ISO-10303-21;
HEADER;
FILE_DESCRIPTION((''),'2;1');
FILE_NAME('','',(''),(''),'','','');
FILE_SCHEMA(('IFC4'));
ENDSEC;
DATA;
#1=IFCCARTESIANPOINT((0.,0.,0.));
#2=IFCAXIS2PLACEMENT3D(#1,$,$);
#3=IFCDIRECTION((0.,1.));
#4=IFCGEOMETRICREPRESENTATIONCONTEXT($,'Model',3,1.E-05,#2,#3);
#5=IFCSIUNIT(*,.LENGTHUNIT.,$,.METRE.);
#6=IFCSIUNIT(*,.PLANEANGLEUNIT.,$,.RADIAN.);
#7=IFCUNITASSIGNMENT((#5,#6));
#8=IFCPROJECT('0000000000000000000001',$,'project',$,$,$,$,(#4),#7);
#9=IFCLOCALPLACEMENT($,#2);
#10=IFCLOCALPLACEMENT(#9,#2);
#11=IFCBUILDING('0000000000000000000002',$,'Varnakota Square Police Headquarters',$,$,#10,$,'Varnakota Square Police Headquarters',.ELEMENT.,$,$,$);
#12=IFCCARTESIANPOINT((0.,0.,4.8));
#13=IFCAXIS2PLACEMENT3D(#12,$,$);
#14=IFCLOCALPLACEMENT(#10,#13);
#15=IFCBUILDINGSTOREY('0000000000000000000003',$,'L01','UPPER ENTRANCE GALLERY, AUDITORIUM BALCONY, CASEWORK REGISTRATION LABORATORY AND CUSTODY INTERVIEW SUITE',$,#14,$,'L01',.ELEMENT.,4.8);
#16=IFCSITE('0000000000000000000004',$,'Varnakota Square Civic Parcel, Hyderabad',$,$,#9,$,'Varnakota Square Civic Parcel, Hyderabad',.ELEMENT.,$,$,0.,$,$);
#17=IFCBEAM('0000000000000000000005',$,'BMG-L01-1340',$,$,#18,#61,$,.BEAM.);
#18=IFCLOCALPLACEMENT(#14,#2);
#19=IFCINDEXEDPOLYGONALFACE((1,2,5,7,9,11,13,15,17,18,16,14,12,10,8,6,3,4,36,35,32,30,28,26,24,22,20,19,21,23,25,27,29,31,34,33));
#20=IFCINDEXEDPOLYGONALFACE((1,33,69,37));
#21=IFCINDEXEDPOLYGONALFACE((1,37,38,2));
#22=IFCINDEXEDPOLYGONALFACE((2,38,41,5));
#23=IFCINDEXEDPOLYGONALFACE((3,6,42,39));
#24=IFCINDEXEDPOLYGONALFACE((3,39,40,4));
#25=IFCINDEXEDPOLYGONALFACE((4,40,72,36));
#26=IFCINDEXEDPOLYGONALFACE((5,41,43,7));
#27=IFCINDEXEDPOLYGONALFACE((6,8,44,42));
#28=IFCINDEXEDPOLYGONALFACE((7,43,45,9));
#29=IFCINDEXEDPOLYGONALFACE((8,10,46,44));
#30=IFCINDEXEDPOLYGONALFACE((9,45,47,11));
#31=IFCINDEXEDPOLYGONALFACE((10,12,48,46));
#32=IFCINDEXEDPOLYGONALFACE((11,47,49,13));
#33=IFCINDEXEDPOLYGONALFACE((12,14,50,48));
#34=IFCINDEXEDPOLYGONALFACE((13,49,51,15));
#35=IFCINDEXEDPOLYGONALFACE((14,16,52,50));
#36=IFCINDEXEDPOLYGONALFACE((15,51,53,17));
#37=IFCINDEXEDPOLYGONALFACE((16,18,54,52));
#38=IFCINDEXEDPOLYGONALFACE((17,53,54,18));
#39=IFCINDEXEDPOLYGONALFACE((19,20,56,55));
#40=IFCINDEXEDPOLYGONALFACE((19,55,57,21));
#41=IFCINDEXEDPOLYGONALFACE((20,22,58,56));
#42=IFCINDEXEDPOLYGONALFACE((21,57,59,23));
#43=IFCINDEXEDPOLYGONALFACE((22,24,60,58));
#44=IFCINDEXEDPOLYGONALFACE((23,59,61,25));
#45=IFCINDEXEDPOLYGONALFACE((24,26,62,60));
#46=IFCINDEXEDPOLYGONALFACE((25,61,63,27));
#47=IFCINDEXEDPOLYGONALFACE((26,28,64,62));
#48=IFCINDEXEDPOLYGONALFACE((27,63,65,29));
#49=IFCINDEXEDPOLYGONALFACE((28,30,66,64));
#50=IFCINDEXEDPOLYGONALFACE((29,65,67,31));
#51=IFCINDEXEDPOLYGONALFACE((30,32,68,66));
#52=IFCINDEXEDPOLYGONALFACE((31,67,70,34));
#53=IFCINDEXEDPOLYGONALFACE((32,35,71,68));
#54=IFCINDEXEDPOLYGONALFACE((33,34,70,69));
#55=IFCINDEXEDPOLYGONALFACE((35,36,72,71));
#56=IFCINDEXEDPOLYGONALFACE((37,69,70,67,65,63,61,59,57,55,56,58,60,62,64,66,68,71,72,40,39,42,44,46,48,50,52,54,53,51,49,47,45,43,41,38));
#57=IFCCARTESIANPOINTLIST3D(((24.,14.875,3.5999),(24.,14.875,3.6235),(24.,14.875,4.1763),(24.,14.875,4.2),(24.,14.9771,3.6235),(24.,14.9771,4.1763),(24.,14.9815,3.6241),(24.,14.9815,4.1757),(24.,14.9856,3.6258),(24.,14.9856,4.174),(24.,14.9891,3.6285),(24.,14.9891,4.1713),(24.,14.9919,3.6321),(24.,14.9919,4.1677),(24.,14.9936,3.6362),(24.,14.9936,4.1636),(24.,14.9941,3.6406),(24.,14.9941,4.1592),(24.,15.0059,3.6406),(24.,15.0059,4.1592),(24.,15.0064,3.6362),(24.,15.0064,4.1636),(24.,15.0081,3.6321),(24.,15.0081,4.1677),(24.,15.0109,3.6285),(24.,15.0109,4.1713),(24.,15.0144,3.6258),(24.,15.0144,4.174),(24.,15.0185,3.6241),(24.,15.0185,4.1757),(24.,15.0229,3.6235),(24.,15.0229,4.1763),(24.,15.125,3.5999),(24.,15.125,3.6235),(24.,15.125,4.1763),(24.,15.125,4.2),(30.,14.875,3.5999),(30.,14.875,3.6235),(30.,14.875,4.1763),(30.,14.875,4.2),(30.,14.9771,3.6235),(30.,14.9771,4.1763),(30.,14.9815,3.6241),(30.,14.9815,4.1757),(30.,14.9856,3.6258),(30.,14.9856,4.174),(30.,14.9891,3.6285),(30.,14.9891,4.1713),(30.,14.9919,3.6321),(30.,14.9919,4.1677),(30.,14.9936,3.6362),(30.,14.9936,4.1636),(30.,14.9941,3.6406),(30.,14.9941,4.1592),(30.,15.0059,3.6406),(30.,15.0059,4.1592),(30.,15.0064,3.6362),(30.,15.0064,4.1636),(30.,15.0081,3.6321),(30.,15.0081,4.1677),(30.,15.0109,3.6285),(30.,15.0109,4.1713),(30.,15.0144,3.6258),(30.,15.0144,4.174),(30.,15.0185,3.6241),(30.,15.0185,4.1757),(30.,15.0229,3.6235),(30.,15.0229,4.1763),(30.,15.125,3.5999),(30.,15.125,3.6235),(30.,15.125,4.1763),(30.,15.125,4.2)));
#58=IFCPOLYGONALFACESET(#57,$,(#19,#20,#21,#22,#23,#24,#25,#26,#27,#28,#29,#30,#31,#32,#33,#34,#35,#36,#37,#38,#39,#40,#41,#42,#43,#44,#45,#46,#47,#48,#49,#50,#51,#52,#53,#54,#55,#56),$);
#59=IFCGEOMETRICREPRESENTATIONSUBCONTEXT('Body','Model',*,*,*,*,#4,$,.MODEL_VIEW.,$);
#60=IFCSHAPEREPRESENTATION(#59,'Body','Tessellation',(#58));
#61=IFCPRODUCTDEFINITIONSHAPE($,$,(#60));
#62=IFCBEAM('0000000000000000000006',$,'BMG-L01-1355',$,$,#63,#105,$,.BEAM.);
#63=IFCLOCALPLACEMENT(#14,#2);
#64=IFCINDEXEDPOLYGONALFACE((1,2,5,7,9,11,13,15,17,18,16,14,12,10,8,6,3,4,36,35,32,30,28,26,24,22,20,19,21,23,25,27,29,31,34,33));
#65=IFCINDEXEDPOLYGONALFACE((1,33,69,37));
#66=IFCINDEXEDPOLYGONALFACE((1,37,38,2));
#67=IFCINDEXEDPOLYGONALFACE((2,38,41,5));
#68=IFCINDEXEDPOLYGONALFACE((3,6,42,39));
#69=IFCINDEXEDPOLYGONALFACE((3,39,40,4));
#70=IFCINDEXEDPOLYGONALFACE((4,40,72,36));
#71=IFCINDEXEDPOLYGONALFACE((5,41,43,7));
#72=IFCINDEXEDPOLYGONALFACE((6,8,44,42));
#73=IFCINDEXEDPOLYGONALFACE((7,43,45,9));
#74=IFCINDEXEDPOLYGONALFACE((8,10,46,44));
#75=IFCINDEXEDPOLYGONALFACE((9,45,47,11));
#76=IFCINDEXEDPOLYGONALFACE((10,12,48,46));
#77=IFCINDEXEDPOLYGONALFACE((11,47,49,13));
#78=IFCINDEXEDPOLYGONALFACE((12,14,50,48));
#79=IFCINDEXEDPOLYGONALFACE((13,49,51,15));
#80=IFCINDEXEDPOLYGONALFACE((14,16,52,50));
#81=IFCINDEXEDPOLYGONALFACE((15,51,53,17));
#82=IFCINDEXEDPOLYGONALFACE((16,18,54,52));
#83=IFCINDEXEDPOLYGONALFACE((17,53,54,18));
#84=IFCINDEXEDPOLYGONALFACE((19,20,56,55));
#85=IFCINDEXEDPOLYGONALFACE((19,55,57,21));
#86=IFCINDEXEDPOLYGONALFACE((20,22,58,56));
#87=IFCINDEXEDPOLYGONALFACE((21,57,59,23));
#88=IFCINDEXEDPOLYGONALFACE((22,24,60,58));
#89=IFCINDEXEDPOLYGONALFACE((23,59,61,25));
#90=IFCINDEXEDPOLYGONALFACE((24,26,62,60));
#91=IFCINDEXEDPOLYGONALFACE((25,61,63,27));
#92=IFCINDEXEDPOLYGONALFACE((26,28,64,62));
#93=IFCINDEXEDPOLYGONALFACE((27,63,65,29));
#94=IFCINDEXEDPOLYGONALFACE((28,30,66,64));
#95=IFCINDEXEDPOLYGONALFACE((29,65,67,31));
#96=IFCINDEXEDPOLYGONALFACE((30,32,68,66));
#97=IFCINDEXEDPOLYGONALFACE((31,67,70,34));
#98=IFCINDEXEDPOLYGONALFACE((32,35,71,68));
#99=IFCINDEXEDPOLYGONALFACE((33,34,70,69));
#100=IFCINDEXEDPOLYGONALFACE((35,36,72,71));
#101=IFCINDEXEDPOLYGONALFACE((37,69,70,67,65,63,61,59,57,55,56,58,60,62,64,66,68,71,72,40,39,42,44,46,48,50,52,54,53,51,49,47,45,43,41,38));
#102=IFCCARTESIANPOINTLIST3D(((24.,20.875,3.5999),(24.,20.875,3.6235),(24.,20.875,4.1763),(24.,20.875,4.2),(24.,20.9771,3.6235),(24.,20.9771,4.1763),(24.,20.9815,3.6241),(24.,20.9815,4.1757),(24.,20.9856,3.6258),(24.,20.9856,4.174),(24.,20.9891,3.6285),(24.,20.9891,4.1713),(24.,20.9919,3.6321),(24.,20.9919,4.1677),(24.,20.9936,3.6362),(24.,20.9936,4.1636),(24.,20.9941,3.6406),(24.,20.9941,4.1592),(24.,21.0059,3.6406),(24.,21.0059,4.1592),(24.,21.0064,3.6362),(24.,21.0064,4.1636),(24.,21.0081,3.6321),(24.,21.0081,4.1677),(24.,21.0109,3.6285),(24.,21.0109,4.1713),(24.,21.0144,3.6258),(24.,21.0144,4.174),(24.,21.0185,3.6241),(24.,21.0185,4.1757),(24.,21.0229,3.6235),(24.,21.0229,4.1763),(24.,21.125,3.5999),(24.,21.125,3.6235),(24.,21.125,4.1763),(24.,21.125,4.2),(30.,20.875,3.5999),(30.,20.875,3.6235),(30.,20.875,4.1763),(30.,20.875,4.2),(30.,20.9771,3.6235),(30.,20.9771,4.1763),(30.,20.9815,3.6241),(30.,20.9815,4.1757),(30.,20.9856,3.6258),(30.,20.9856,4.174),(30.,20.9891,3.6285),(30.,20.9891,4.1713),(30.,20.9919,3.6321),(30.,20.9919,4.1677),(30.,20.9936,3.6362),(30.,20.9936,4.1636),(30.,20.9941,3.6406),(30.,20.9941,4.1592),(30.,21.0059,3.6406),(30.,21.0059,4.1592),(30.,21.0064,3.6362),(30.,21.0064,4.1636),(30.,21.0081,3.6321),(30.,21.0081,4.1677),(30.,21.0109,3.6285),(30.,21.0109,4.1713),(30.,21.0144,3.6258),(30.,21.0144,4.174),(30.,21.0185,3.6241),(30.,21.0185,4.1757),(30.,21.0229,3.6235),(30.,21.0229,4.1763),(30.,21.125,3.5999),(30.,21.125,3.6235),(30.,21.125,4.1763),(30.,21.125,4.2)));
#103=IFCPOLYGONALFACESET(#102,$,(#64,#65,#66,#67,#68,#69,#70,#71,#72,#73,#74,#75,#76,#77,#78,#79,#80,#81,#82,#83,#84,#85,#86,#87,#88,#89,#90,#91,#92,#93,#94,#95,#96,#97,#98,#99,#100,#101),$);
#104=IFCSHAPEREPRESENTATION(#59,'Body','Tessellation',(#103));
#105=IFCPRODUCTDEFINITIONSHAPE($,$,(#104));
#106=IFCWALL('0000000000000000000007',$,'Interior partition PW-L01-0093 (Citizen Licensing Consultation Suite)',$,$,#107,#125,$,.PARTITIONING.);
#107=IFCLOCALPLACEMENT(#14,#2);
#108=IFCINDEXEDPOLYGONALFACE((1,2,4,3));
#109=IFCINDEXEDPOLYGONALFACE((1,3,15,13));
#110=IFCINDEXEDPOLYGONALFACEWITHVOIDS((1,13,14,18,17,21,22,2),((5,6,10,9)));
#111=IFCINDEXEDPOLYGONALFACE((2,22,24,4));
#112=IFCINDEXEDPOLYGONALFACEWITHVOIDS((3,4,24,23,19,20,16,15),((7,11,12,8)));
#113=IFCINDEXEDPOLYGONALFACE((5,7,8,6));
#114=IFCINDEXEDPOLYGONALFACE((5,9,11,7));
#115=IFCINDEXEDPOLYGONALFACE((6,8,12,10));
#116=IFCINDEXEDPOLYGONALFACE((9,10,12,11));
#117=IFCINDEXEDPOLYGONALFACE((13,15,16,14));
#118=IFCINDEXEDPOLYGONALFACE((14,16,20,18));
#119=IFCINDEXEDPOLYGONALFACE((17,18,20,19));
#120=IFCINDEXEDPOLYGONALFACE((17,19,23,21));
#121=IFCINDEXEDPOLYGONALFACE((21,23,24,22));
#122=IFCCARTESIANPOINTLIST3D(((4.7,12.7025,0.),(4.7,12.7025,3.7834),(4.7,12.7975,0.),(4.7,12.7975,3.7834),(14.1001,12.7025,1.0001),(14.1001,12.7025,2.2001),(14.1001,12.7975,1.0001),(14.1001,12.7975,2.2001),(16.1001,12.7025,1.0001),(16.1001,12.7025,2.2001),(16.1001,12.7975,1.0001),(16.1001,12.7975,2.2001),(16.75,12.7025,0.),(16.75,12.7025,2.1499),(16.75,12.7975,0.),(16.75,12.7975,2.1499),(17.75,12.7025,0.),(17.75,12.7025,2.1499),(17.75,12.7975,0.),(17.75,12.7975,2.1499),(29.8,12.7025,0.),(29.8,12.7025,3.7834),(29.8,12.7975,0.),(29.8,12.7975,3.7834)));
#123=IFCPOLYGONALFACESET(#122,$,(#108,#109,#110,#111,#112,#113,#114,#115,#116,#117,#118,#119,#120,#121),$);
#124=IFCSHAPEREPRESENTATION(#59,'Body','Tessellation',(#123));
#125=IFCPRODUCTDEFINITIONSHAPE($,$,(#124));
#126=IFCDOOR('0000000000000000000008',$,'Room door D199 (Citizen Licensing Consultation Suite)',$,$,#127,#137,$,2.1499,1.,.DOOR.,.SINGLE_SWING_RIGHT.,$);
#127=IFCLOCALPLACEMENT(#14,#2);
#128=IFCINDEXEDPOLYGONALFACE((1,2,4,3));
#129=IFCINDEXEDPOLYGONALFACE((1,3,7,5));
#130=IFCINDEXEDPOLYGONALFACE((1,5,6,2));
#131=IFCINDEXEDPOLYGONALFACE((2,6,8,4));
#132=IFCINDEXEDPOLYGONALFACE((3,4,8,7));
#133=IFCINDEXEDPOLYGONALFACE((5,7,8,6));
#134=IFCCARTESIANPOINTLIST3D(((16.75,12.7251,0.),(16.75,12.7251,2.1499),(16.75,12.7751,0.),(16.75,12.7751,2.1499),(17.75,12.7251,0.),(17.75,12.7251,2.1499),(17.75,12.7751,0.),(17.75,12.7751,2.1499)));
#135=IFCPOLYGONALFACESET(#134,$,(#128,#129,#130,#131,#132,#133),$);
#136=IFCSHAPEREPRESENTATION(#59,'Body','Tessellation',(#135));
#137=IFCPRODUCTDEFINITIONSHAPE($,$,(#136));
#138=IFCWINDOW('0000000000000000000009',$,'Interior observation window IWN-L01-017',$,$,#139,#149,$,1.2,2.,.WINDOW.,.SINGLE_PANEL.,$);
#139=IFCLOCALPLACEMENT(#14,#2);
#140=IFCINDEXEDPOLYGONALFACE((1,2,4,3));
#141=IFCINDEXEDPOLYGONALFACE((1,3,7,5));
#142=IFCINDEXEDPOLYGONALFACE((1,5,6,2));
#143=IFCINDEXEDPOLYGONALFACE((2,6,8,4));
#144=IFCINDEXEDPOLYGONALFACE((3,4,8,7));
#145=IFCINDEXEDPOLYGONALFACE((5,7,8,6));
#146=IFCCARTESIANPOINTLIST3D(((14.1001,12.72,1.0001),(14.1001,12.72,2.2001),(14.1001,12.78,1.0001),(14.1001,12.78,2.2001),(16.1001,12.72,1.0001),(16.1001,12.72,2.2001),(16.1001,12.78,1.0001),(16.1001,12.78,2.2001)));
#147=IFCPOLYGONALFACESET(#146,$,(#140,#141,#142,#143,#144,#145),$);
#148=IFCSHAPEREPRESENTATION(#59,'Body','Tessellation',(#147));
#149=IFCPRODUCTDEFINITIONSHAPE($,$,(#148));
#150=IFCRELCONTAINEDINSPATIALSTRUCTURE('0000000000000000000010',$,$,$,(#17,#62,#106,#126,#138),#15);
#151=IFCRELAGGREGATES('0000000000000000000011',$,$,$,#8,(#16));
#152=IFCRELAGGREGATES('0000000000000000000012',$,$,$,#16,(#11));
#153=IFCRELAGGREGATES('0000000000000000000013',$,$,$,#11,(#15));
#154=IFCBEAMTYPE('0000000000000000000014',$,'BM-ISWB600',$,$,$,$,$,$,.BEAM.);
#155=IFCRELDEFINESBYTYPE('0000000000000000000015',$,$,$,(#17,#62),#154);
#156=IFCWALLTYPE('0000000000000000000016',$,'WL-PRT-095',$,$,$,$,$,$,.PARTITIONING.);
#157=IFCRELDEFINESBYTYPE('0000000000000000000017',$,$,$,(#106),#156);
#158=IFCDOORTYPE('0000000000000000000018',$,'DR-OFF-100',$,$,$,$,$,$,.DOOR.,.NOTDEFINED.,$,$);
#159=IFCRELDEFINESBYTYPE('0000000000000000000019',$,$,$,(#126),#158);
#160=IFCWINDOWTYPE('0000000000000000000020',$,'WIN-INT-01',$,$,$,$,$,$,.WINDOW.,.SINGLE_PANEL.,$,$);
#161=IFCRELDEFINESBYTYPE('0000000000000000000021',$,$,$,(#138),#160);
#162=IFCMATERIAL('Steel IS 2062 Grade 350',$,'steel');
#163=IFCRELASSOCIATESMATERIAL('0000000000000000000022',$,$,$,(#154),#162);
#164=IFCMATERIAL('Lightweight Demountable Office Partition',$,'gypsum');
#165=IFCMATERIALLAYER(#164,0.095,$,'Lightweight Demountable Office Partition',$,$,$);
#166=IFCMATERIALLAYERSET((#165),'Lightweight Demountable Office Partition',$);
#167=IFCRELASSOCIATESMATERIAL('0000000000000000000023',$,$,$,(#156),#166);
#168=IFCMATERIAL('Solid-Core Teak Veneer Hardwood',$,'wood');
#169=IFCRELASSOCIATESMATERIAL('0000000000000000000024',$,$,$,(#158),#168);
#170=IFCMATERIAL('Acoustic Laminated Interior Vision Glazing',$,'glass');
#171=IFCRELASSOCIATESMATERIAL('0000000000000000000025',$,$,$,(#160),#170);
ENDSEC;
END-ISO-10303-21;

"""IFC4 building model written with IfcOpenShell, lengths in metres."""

from ifc_helpers import new_model, si_unit, direction, frame, frame_2d, origin, origin_2d, place, context, subcontext, project, spatial, rectangle, i_section, extrude, material, layer, layer_set, material_profile, profile_set, type_object, element, fill, save


model = new_model("IFC4")

# Units and contexts
model_context = context("Model", 3, precision=1e-05, world=origin(), true_north=direction((0.0, 1.0)))
body_context = subcontext(model_context, "Body", "Model", "MODEL_VIEW")
ifc_project = project(units=[si_unit("LENGTHUNIT", "METRE"), si_unit("PLANEANGLEUNIT", "RADIAN")], contexts=[model_context])

# Site, building, storey
site_placement = place(None, origin())
site = spatial("IfcSite", under=ifc_project, at=site_placement, Name="Varnakota Square Civic Parcel, Hyderabad", LongName="Varnakota Square Civic Parcel, Hyderabad", CompositionType="ELEMENT", RefElevation=0.0)
building_placement = place(site_placement, origin())
building = spatial("IfcBuilding", under=site, at=building_placement, Name="Varnakota Square Police Headquarters", LongName="Varnakota Square Police Headquarters", CompositionType="ELEMENT")
storey_placement = place(building_placement, frame((0.0, 0.0, 4.8)))
storey = spatial("IfcBuildingStorey", under=building, at=storey_placement, Name="L01", Description="UPPER ENTRANCE GALLERY, AUDITORIUM BALCONY, CASEWORK REGISTRATION LABORATORY AND CUSTODY INTERVIEW SUITE", LongName="L01", CompositionType="ELEMENT", Elevation=4.8)

# Shared definitions
ifc_material_1 = material(Name="Steel IS 2062 Grade 350", Category="steel")

# Beams
ifc_material_profile_1 = material_profile(ifc_material_1, i_section(OverallWidth=0.25, OverallDepth=0.6001, WebThickness=0.0117, FlangeThickness=0.0237, FilletRadius=0.0171, at=origin_2d()), Name="ISWB 600")
ifc_profile_set_1 = profile_set([ifc_material_profile_1], Name="Steel IS 2062 Grade 350")
beam_type_1 = type_object("IfcBeamType", Name="BM-ISWB600", PredefinedType="BEAM", material=ifc_profile_set_1)
for number, where, z_axis, x_axis, name in (
    (1, (24.0, 15.0, 3.8999), (1.0, 0.0, 0.0), (0.0, 1.0, 0.0), "BMG-L01-1340"),
    (2, (24.0, 21.0, 3.8999), (1.0, 0.0, 0.0), (0.0, 1.0, 0.0), "BMG-L01-1355"),
):
    element("IfcBeam", number, at=place(storey_placement, frame(where, z_axis=z_axis, x_axis=x_axis)), inside=storey, type_object=beam_type_1, Name=name, PredefinedType="BEAM", context=body_context, shape_type="SweptSolid", body=[
        extrude(i_section(OverallWidth=0.25, OverallDepth=0.6001, WebThickness=0.0117, FlangeThickness=0.0237, FilletRadius=0.0171, at=origin_2d()), origin(), (0.0, 0.0, 1.0), 6.0),
    ])

# Wall, openings, door, window
ifc_material_2 = material(Name="Lightweight Demountable Office Partition", Category="gypsum")
ifc_layer_1 = layer(ifc_material_2, 0.095, Name="Lightweight Demountable Office Partition")
ifc_layer_set_1 = layer_set([ifc_layer_1], Name="Lightweight Demountable Office Partition")
wall_type_1 = type_object("IfcWallType", Name="WL-PRT-095", PredefinedType="PARTITIONING", material=ifc_layer_set_1)
wall_1_placement = place(storey_placement, frame((29.8, 12.75, 0.0), z_axis=(0.0, 0.0, 1.0), x_axis=(-1.0, 0.0, 0.0)))
wall_1 = element("IfcWall", 3, at=wall_1_placement, inside=storey, type_object=wall_type_1, Name="Interior partition PW-L01-0093 (Citizen Licensing Consultation Suite)", PredefinedType="PARTITIONING", context=body_context, shape_type="SweptSolid", body=[
    extrude(rectangle(XDim=25.1001, YDim=0.095, at=frame_2d((12.55, 0.0))), origin(), (0.0, 0.0, 1.0), 3.7834),
])
opening_1_placement = place(wall_1_placement, frame((12.05, 0.0, 0.0)))
opening_1 = element("IfcOpeningElement", 4, at=opening_1_placement, cuts=wall_1, PredefinedType="OPENING", context=body_context, shape_type="SweptSolid", body=[
    extrude(rectangle(XDim=1.0, YDim=2.1499, at=frame_2d((0.5, 1.075))), frame((0.0, 0.0574, 0.0), z_axis=(0.0, -1.0, 0.0), x_axis=(1.0, 0.0, 0.0)), (0.0, 0.0, 1.0), 0.115),
])
opening_2_placement = place(wall_1_placement, frame((13.7, 0.0, 1.0)))
opening_2 = element("IfcOpeningElement", 5, at=opening_2_placement, cuts=wall_1, PredefinedType="OPENING", context=body_context, shape_type="SweptSolid", body=[
    extrude(rectangle(XDim=2.0, YDim=1.2, at=frame_2d((1.0, 0.6001))), frame((0.0, 0.0574, 0.0), z_axis=(0.0, -1.0, 0.0), x_axis=(1.0, 0.0, 0.0)), (0.0, 0.0, 1.0), 0.115),
])
ifc_material_3 = material(Name="Solid-Core Teak Veneer Hardwood", Category="wood")
door_type_1 = type_object("IfcDoorType", Name="DR-OFF-100", OperationType="NOTDEFINED", PredefinedType="DOOR", material=ifc_material_3)
door_1_placement = place(opening_1_placement, origin())
door_1 = element("IfcDoor", 6, at=door_1_placement, inside=storey, type_object=door_type_1, Name="Room door D199 (Citizen Licensing Consultation Suite)", OperationType="SINGLE_SWING_RIGHT", OverallHeight=2.1499, OverallWidth=1.0, PredefinedType="DOOR", context=body_context, shape_type="SweptSolid", body=[
    extrude(rectangle(XDim=1.0, YDim=2.1499, at=frame_2d((0.5, 1.075))), frame((0.0, 0.0249, 0.0), z_axis=(0.0, -1.0, 0.0), x_axis=(1.0, 0.0, 0.0)), (0.0, 0.0, 1.0), 0.05),
])
fill(opening_1, door_1)
ifc_material_4 = material(Name="Acoustic Laminated Interior Vision Glazing", Category="glass")
window_type_1 = type_object("IfcWindowType", Name="WIN-INT-01", PartitioningType="SINGLE_PANEL", PredefinedType="WINDOW", material=ifc_material_4)
window_1_placement = place(opening_2_placement, origin())
window_1 = element("IfcWindow", 7, at=window_1_placement, inside=storey, type_object=window_type_1, Name="Interior observation window IWN-L01-017", OverallHeight=1.2, OverallWidth=2.0, PartitioningType="SINGLE_PANEL", PredefinedType="WINDOW", context=body_context, shape_type="SweptSolid", body=[
    extrude(rectangle(XDim=2.0, YDim=1.2, at=frame_2d((1.0, 0.6001))), frame((0.0, 0.03, 0.0), z_axis=(0.0, -1.0, 0.0), x_axis=(1.0, 0.0, 0.0)), (0.0, 0.0, 1.0), 0.0601),
])
fill(opening_2, window_1)

save(model, "model.ifc")
